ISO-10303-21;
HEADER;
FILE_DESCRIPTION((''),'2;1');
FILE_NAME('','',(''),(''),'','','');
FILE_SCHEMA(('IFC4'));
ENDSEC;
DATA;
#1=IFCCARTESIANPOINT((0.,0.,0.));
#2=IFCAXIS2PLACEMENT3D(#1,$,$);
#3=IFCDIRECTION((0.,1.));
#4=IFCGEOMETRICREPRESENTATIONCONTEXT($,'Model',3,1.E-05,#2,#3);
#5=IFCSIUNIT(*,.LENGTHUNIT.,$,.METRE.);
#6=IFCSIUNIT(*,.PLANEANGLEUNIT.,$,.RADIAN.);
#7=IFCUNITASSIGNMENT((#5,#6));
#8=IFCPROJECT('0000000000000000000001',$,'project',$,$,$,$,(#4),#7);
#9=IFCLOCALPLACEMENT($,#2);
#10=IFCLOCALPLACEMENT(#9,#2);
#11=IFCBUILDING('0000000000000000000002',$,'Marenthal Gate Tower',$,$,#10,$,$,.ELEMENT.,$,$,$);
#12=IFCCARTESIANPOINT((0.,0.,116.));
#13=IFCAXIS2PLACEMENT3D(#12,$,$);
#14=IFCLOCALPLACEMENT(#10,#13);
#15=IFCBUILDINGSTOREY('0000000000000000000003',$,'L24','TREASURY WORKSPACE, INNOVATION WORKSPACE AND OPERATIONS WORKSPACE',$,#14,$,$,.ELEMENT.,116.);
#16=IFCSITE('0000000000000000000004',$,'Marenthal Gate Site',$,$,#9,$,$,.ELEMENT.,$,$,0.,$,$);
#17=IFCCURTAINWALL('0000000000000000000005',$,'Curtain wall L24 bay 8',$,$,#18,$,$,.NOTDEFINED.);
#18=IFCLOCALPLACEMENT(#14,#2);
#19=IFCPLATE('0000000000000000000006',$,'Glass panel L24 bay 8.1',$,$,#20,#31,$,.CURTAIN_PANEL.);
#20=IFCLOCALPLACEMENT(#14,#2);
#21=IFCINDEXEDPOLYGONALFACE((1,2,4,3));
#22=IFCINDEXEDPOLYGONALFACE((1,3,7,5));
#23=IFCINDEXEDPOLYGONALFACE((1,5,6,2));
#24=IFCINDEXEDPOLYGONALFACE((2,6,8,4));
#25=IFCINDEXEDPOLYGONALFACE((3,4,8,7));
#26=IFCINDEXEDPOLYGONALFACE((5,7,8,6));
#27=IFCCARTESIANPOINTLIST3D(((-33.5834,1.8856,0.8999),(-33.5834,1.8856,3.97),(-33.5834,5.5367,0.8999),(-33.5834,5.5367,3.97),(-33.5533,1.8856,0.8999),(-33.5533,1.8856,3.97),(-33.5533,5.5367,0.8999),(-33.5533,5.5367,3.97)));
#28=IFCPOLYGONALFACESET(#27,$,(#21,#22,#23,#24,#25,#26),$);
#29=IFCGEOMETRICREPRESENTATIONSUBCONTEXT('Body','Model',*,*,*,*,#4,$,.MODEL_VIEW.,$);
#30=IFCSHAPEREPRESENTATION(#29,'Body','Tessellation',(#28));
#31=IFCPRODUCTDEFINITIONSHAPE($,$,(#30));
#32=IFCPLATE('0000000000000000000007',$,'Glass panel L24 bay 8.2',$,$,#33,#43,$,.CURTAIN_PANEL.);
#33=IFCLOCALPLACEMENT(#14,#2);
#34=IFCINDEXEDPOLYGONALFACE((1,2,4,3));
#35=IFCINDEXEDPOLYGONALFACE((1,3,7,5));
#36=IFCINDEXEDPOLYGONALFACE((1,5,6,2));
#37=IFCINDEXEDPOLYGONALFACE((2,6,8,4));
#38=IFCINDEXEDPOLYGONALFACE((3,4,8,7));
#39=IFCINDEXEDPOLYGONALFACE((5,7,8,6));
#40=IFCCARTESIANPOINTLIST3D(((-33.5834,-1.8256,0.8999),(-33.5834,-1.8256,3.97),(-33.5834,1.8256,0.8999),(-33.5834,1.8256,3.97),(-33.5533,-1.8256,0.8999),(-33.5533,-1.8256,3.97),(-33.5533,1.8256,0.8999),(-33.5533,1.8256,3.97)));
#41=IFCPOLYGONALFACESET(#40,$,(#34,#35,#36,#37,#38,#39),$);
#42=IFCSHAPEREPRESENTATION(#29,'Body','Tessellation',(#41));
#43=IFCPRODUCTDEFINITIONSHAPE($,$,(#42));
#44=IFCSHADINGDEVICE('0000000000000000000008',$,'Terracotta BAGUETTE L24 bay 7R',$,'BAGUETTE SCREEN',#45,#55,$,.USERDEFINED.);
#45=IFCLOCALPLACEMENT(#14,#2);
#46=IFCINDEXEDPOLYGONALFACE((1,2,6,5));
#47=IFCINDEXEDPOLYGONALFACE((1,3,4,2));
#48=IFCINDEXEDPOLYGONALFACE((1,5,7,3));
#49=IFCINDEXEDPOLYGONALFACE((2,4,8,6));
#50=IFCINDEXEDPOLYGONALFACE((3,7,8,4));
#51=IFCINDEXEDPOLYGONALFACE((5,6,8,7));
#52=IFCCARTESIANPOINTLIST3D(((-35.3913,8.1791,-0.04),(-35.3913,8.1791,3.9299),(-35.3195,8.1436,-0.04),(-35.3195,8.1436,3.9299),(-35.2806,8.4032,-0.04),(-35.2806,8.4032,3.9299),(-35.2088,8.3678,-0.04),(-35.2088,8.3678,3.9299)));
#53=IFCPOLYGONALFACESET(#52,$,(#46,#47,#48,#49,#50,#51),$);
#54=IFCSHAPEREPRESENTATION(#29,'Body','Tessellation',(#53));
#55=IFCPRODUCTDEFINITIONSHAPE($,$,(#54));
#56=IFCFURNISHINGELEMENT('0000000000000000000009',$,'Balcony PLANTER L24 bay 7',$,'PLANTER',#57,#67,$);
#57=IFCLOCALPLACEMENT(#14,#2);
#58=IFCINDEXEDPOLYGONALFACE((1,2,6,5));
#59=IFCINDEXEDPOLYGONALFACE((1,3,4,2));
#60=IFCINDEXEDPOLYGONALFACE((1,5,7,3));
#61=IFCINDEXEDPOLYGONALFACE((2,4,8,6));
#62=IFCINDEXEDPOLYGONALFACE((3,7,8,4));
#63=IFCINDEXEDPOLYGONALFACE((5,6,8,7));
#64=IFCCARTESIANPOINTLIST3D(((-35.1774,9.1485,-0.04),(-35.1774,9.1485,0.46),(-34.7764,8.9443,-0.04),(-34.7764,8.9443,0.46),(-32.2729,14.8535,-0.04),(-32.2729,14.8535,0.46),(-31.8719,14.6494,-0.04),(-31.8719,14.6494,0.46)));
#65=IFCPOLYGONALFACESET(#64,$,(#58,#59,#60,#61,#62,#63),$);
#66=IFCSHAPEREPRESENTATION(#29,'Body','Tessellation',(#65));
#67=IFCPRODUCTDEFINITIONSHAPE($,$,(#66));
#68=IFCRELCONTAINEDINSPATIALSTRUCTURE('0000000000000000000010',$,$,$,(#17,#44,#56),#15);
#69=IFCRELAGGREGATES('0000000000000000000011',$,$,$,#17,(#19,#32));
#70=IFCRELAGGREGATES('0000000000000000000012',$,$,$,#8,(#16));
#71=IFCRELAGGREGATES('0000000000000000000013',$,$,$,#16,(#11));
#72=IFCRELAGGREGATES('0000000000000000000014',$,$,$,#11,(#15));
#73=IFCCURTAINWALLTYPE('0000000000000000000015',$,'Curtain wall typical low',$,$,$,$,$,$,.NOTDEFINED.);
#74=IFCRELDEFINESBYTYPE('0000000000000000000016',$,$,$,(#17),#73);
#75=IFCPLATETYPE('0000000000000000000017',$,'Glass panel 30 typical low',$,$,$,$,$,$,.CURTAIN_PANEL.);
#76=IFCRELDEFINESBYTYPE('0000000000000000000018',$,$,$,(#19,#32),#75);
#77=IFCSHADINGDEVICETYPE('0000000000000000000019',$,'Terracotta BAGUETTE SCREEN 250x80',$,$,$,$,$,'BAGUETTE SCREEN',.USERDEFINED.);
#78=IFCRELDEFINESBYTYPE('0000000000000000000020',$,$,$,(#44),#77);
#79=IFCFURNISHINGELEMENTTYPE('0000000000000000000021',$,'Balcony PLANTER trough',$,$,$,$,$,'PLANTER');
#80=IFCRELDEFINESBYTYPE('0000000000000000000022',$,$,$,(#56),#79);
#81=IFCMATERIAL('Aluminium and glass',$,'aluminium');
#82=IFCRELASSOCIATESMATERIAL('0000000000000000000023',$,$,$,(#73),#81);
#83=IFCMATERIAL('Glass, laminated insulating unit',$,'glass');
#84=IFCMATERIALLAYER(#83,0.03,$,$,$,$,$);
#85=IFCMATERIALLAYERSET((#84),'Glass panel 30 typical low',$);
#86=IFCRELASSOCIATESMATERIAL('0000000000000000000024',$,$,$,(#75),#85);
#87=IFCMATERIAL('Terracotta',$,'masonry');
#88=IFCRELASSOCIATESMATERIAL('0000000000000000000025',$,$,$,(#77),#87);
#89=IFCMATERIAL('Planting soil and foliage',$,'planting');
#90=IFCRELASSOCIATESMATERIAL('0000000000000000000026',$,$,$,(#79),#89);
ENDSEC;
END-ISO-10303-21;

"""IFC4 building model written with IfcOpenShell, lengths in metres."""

from ifc_helpers import new_model, si_unit, direction, frame, origin, origin_2d, place, context, subcontext, project, spatial, rectangle, extrude, material, layer, layer_set, material_profile, profile_set, type_object, element, aggregate, save


model = new_model("IFC4")

# Units and contexts
model_context = context("Model", 3, precision=1e-05, world=origin(), true_north=direction((0.0, 1.0)))
body_context = subcontext(model_context, "Body", "Model", "MODEL_VIEW")
ifc_project = project(units=[si_unit("LENGTHUNIT", "METRE"), si_unit("PLANEANGLEUNIT", "RADIAN")], contexts=[model_context])

# Site, building, storey
site_placement = place(None, origin())
site = spatial("IfcSite", under=ifc_project, at=site_placement, Name="Marenthal Gate Site", CompositionType="ELEMENT", RefElevation=0.0)
building_placement = place(site_placement, origin())
building = spatial("IfcBuilding", under=site, at=building_placement, Name="Marenthal Gate Tower", CompositionType="ELEMENT")
storey_placement = place(building_placement, frame((0.0, 0.0, 116.0)))
storey = spatial("IfcBuildingStorey", under=building, at=storey_placement, Name="L24", Description="TREASURY WORKSPACE, INNOVATION WORKSPACE AND OPERATIONS WORKSPACE", CompositionType="ELEMENT", Elevation=116.0)

# Curtain wall
ifc_material_1 = material(Name="Aluminium and glass", Category="aluminium")
curtain_wall_type = type_object("IfcCurtainWallType", Name="Curtain wall typical low", PredefinedType="NOTDEFINED", material=ifc_material_1)
curtain_wall_placement = place(storey_placement, origin())
curtain_wall = element("IfcCurtainWall", 1, at=curtain_wall_placement, inside=storey, type_object=curtain_wall_type, Name="Curtain wall L24 bay 8", PredefinedType="NOTDEFINED")

# Plates
ifc_material_2 = material(Name="Glass, laminated insulating unit", Category="glass")
ifc_layer = layer(ifc_material_2, 0.03)
ifc_layer_set = layer_set([ifc_layer], Name="Glass panel 30 typical low")
plate_type = type_object("IfcPlateType", Name="Glass panel 30 typical low", PredefinedType="CURTAIN_PANEL", material=ifc_layer_set)
plate_1_placement = place(storey_placement, frame((-33.5684, 3.7112, 0.8999), z_axis=(0.0, 0.0, 1.0), x_axis=(0.0, -1.0, 0.0)))
plate_1 = element("IfcPlate", 2, at=plate_1_placement, type_object=plate_type, Name="Glass panel L24 bay 8.1", PredefinedType="CURTAIN_PANEL", context=body_context, shape_type="SweptSolid", body=[
    extrude(rectangle(XDim=3.6511, YDim=0.03, at=origin_2d()), origin(), (0.0, 0.0, 1.0), 3.0701),
])
plate_2_placement = place(storey_placement, frame((-33.5684, 0.0, 0.8999), z_axis=(0.0, 0.0, 1.0), x_axis=(0.0, -1.0, 0.0)))
plate_2 = element("IfcPlate", 3, at=plate_2_placement, type_object=plate_type, Name="Glass panel L24 bay 8.2", PredefinedType="CURTAIN_PANEL", context=body_context, shape_type="SweptSolid", body=[
    extrude(rectangle(XDim=3.6511, YDim=0.03, at=origin_2d()), origin(), (0.0, 0.0, 1.0), 3.0701),
])
aggregate(curtain_wall, [plate_1, plate_2])

# Shading device
ifc_material_3 = material(Name="Terracotta", Category="masonry")
ifc_material_profile_1 = material_profile(ifc_material_3, rectangle(XDim=0.25, YDim=0.0801, at=origin_2d()), Name="Terracotta baguette 250x80")
ifc_profile_set_1 = profile_set([ifc_material_profile_1], Name="Terracotta")
shading_device_type = type_object("IfcShadingDeviceType", Name="Terracotta BAGUETTE SCREEN 250x80", ElementType="BAGUETTE SCREEN", PredefinedType="USERDEFINED", material=ifc_profile_set_1)
shading_device_placement = place(storey_placement, frame((-35.3, 8.2734, -0.04), z_axis=(0.0, 0.0, 1.0), x_axis=(-0.442731, -0.896654, 0.0)))
element("IfcShadingDevice", 4, at=shading_device_placement, inside=storey, type_object=shading_device_type, Name="Terracotta BAGUETTE L24 bay 7R", ObjectType="BAGUETTE SCREEN", PredefinedType="USERDEFINED", context=body_context, shape_type="SweptSolid", body=[
    extrude(rectangle(XDim=0.25, YDim=0.0801, at=origin_2d()), origin(), (0.0, 0.0, 1.0), 3.97),
])

# Furnishing element
ifc_material_4 = material(Name="Planting soil and foliage", Category="planting")
furnishing_element_type = type_object("IfcFurnishingElementType", Name="Balcony PLANTER trough", ElementType="PLANTER", material=ifc_material_4)
furnishing_placement = place(storey_placement, frame((-33.5247, 11.8989, -0.04), z_axis=(0.0, 0.0, 1.0), x_axis=(-0.453688, -0.891161, 0.0)))
element("IfcFurnishingElement", 5, at=furnishing_placement, inside=storey, type_object=furnishing_element_type, Name="Balcony PLANTER L24 bay 7", ObjectType="PLANTER", context=body_context, shape_type="SweptSolid", body=[
    extrude(rectangle(XDim=6.4019, YDim=0.45, at=origin_2d()), origin(), (0.0, 0.0, 1.0), 0.5),
])

save(model, "model.ifc")
